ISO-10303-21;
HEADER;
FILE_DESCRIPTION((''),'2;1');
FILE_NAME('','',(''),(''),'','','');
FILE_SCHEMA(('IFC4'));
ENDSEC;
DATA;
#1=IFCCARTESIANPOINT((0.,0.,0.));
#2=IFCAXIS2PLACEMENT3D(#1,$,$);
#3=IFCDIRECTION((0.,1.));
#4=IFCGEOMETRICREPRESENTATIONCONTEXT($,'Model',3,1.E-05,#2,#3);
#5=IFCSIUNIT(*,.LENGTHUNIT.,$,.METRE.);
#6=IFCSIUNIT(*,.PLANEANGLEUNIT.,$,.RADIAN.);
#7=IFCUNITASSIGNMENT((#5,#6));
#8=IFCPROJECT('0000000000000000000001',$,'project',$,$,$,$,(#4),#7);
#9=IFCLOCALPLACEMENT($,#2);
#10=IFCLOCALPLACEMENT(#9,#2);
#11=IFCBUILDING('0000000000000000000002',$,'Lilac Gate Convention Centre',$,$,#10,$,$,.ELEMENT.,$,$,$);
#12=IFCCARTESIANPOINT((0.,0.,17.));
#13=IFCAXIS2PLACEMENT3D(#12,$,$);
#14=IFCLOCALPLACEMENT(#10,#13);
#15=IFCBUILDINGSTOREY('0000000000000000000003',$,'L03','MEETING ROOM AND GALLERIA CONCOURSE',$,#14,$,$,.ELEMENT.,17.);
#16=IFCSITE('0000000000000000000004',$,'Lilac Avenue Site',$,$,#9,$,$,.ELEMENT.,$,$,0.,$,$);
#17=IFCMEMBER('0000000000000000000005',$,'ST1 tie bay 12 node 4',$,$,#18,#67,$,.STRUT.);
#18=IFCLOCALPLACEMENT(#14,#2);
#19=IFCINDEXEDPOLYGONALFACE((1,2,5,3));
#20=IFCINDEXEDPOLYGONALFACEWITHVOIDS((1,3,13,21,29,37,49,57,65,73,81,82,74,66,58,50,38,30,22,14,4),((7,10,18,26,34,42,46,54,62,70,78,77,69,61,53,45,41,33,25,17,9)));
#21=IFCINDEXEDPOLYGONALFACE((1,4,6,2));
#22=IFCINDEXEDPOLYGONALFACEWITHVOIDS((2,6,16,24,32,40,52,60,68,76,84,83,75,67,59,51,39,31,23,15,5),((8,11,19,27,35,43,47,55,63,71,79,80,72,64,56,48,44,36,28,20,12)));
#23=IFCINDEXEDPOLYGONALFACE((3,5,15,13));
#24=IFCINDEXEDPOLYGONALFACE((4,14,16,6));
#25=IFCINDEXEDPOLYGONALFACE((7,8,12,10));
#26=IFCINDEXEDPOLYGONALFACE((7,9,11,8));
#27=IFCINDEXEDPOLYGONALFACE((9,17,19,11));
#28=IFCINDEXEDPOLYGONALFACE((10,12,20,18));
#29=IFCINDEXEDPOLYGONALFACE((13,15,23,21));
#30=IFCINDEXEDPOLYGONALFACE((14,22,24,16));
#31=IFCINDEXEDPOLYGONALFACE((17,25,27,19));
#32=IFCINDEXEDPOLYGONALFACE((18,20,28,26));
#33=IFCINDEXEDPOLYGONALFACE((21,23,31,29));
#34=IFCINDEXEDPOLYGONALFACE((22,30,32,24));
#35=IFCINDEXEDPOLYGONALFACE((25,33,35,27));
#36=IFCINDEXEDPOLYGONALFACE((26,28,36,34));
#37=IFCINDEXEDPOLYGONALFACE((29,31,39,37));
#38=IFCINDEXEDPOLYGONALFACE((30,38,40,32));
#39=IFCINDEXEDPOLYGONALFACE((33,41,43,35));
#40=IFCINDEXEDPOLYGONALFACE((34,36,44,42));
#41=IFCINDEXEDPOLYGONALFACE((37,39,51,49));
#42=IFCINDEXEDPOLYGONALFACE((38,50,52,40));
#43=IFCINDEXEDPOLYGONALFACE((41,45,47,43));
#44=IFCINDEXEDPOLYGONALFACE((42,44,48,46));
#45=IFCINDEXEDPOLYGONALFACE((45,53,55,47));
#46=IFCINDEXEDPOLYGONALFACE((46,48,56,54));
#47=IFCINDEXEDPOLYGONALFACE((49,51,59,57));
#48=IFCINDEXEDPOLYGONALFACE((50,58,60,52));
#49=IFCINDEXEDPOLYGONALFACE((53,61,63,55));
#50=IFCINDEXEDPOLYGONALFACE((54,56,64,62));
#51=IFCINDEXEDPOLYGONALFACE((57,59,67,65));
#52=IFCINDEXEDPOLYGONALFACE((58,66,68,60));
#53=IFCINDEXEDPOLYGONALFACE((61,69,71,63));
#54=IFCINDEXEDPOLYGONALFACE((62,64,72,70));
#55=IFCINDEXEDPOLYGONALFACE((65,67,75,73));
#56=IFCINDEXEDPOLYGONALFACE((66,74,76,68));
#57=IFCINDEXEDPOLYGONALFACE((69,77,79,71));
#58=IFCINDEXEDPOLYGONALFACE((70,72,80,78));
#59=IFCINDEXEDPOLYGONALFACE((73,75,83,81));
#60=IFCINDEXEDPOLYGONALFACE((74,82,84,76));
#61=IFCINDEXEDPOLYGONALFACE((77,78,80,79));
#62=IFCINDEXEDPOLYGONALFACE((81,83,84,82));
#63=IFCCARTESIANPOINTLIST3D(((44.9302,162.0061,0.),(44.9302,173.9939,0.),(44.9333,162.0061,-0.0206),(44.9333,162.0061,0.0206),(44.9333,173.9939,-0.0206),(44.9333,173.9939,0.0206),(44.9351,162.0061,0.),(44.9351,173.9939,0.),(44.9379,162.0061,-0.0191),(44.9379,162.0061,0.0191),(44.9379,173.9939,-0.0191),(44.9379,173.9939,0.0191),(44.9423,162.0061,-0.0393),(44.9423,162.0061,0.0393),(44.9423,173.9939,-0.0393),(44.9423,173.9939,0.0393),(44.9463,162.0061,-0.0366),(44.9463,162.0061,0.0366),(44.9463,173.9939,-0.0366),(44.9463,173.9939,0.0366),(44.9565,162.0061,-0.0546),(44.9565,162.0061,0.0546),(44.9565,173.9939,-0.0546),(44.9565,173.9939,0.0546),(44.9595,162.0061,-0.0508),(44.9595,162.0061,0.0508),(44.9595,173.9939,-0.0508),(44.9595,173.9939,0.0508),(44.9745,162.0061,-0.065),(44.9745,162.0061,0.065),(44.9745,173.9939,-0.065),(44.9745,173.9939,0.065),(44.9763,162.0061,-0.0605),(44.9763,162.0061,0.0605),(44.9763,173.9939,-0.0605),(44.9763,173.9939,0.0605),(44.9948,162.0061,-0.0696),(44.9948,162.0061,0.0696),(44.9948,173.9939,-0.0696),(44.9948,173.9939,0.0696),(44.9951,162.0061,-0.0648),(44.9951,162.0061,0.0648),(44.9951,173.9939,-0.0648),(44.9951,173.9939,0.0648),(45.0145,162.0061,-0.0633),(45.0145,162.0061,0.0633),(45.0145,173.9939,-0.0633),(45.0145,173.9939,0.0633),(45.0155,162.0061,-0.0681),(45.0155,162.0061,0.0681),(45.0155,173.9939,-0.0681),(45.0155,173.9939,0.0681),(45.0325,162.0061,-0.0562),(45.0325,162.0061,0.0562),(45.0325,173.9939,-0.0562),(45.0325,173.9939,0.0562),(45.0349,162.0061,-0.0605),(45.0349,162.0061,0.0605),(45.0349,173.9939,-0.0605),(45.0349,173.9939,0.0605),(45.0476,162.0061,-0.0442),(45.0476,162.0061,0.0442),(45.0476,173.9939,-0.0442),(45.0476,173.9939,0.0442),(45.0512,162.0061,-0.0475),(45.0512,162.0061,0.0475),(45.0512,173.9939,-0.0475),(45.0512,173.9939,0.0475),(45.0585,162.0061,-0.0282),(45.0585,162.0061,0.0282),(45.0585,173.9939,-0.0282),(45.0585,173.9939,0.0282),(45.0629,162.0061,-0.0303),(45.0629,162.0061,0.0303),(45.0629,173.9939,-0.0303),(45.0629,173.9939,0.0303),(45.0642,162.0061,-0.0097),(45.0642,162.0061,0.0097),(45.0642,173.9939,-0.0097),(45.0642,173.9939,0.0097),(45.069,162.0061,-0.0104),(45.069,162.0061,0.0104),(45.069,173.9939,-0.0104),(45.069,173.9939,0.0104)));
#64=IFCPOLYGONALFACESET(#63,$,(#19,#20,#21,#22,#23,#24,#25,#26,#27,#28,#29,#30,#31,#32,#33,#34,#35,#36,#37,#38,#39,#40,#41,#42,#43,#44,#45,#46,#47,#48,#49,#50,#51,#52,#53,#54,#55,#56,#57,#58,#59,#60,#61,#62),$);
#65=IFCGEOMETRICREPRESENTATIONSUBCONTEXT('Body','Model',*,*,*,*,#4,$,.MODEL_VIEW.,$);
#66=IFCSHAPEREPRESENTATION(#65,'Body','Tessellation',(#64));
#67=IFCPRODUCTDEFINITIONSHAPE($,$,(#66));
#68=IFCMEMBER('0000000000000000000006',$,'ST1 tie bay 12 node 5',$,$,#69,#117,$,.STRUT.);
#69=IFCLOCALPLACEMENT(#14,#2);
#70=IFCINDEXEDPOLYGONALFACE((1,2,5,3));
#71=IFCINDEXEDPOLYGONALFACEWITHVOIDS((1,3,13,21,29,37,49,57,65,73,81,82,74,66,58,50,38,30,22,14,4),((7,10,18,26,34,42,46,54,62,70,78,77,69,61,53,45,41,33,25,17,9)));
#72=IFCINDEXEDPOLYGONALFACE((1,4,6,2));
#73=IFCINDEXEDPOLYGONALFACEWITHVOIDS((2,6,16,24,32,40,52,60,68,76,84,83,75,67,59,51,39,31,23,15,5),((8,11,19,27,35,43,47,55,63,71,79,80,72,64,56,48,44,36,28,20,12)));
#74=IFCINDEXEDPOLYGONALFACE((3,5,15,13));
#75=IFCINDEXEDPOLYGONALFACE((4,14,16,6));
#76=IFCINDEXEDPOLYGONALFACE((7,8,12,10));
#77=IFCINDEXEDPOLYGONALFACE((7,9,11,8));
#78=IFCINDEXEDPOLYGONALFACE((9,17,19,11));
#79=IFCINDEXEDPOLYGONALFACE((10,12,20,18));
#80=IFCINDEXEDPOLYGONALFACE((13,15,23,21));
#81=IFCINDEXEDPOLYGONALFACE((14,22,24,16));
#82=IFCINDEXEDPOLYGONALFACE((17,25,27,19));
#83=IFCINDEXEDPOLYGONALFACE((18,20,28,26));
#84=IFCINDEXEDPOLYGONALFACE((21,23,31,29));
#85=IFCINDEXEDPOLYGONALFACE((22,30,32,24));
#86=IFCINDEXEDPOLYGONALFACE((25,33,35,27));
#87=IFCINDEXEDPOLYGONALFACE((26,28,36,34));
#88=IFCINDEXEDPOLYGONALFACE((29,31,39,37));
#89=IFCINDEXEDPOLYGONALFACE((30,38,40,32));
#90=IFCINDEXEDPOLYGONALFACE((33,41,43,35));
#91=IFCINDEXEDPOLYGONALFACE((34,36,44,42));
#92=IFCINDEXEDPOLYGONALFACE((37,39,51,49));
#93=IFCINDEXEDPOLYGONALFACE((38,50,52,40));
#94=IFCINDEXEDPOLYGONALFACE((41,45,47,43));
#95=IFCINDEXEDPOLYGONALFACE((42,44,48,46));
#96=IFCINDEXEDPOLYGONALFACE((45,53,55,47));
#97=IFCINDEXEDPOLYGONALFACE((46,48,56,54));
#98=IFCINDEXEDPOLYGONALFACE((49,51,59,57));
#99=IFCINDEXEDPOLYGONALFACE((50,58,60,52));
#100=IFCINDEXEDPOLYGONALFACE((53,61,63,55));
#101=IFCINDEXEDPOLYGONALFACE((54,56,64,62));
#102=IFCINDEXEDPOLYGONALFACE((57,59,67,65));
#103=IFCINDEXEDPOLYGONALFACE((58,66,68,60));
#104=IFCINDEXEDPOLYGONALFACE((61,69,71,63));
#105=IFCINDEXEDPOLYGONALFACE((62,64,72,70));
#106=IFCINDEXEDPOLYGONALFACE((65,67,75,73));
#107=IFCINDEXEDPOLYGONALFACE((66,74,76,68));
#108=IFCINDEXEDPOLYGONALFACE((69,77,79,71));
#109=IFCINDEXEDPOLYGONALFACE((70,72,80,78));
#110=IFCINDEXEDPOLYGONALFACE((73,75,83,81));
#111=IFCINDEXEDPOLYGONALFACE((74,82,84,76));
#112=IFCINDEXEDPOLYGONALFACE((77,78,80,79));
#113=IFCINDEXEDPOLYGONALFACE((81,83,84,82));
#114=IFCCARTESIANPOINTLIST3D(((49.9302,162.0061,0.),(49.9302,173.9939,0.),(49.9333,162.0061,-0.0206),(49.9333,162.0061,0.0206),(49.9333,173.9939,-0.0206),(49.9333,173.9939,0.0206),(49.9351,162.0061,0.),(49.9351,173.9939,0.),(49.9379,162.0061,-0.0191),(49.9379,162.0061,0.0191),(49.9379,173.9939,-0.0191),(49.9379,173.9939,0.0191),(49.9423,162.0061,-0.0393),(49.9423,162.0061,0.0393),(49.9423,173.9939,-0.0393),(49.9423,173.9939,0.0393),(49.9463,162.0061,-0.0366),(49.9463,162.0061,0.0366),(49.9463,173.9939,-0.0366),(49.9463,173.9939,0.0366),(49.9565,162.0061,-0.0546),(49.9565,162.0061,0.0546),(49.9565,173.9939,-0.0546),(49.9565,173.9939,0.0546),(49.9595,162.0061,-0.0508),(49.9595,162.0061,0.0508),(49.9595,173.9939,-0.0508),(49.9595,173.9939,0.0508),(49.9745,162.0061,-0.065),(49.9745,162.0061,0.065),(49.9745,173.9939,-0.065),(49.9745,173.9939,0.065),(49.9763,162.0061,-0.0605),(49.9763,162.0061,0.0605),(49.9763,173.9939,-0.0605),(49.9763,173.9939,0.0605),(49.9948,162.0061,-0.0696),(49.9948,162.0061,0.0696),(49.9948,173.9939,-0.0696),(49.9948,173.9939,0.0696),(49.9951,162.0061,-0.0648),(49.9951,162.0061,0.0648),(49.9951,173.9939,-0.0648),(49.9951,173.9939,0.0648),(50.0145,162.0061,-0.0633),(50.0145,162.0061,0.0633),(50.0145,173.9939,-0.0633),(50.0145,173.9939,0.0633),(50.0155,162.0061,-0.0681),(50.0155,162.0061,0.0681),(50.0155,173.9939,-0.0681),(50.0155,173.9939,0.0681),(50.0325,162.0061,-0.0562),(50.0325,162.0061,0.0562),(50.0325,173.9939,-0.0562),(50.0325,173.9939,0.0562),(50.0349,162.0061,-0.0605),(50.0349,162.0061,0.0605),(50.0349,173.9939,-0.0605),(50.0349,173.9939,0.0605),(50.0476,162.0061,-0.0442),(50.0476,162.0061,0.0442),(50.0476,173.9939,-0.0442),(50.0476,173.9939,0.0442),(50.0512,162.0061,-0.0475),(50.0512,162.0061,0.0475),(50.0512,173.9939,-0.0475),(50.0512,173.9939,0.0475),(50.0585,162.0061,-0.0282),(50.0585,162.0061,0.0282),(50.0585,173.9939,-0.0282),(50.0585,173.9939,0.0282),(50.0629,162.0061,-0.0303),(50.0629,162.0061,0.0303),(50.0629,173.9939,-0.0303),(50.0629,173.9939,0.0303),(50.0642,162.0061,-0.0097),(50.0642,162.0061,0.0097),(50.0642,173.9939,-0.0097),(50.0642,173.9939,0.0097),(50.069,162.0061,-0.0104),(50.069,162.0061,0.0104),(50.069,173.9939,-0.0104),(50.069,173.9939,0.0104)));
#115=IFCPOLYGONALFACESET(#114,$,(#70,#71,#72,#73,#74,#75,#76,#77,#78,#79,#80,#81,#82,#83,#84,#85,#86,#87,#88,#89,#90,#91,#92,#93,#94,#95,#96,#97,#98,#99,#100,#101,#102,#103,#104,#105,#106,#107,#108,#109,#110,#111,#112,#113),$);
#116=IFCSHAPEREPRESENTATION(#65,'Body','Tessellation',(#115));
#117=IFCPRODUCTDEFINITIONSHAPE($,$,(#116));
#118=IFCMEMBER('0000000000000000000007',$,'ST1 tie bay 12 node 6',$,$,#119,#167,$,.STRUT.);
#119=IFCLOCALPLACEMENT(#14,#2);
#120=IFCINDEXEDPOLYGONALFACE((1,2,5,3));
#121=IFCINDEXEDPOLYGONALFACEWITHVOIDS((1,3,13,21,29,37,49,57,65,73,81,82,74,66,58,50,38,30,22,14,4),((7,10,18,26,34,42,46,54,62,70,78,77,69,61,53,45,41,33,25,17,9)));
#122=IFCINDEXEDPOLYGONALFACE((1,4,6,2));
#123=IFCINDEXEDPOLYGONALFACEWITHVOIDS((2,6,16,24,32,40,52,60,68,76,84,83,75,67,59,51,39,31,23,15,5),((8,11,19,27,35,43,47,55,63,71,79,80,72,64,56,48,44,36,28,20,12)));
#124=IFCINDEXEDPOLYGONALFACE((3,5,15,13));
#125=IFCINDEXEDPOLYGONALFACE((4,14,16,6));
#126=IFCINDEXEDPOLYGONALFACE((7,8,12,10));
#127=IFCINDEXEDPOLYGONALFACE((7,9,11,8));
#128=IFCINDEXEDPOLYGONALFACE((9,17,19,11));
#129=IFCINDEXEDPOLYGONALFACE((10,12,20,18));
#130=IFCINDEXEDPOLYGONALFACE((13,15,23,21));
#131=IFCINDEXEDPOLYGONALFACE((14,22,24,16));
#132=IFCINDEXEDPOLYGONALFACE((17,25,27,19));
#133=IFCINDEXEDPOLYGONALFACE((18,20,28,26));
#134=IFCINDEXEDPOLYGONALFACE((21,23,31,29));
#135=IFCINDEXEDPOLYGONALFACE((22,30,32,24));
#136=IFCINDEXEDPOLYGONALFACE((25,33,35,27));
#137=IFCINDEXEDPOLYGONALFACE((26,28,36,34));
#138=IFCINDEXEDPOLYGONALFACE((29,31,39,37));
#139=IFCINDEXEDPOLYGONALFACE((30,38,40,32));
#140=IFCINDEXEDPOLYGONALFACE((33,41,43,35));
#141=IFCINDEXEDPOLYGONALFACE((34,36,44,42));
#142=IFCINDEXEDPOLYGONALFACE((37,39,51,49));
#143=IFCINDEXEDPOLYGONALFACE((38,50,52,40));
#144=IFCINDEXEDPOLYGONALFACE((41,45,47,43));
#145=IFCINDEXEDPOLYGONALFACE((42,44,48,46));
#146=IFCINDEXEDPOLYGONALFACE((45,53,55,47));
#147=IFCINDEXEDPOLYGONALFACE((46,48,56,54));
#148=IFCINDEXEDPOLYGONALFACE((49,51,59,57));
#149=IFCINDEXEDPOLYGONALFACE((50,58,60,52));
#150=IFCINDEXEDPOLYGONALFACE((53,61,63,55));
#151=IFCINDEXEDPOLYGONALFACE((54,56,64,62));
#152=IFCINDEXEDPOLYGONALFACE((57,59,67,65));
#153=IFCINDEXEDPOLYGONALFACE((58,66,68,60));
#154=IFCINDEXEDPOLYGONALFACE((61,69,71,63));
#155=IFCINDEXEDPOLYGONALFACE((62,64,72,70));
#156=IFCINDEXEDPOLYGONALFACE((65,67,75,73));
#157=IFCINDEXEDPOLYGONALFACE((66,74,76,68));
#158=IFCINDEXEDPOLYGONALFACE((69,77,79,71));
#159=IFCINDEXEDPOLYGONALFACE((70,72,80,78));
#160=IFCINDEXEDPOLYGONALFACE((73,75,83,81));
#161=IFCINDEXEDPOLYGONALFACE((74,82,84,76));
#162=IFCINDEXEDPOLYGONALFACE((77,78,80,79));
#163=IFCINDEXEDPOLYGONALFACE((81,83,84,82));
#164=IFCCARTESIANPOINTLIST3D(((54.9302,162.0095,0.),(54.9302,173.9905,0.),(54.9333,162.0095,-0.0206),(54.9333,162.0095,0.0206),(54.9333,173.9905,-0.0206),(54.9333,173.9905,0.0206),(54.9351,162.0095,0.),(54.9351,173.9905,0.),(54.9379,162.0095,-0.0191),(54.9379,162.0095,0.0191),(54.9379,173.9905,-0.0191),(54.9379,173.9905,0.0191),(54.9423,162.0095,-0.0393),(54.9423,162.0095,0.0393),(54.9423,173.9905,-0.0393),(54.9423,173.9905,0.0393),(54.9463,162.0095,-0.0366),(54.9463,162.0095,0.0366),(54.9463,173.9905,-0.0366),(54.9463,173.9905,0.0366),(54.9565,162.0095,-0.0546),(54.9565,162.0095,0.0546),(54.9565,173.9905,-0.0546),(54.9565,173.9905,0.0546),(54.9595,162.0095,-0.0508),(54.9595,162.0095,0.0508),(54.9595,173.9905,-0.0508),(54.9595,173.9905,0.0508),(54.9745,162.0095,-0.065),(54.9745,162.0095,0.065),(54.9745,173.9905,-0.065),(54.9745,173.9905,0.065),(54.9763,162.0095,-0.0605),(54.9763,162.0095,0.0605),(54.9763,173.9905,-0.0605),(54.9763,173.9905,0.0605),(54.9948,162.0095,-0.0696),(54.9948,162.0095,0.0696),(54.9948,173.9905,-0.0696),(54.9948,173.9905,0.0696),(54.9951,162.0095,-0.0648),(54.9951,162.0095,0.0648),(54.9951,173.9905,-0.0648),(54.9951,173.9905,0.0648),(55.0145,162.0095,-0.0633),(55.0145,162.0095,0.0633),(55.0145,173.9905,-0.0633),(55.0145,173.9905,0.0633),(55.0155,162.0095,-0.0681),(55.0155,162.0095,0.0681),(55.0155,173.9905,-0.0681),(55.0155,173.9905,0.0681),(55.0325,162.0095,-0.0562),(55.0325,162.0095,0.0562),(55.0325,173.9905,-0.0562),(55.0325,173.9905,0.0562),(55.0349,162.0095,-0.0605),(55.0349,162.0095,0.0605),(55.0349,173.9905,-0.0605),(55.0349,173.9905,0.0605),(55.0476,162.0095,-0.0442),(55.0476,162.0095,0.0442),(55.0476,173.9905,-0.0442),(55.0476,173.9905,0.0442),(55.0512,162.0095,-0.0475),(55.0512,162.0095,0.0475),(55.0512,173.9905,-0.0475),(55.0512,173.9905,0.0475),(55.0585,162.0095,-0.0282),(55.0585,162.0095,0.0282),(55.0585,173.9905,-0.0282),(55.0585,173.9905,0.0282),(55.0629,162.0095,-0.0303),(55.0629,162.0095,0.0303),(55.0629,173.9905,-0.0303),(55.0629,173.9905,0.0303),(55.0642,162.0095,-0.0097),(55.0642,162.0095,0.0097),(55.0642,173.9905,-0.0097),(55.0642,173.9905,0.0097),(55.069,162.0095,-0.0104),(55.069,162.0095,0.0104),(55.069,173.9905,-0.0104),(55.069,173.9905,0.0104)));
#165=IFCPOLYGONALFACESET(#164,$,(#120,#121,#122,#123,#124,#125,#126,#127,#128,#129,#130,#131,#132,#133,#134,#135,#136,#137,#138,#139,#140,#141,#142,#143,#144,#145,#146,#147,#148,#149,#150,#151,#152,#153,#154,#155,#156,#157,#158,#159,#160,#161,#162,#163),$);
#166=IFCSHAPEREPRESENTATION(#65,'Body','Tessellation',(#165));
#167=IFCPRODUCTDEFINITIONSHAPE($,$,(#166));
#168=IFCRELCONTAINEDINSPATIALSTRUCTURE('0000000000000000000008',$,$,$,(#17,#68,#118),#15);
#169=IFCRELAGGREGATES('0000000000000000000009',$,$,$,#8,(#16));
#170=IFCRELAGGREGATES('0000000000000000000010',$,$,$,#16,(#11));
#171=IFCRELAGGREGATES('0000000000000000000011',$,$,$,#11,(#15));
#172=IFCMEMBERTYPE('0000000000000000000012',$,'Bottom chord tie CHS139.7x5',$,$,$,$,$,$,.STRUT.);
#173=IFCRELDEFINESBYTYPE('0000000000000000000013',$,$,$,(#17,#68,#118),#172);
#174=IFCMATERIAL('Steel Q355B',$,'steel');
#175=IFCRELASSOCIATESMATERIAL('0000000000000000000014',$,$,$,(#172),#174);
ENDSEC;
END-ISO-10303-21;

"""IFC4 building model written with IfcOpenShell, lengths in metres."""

from ifc_helpers import new_model, si_unit, direction, frame, origin, origin_2d, place, context, subcontext, project, spatial, hollow_circle, extrude, material, material_profile, profile_set, type_object, element, save


model = new_model("IFC4")

# Units and contexts
model_context = context("Model", 3, precision=1e-05, world=origin(), true_north=direction((0.0, 1.0)))
body_context = subcontext(model_context, "Body", "Model", "MODEL_VIEW")
ifc_project = project(units=[si_unit("LENGTHUNIT", "METRE"), si_unit("PLANEANGLEUNIT", "RADIAN")], contexts=[model_context])

# Site, building, storey
site_placement = place(None, origin())
site = spatial("IfcSite", under=ifc_project, at=site_placement, Name="Lilac Avenue Site", CompositionType="ELEMENT", RefElevation=0.0)
building_placement = place(site_placement, origin())
building = spatial("IfcBuilding", under=site, at=building_placement, Name="Lilac Gate Convention Centre", CompositionType="ELEMENT")
storey_placement = place(building_placement, frame((0.0, 0.0, 17.0)))
storey = spatial("IfcBuildingStorey", under=building, at=storey_placement, Name="L03", Description="MEETING ROOM AND GALLERIA CONCOURSE", CompositionType="ELEMENT", Elevation=17.0)

# Members
ifc_material = material(Name="Steel Q355B", Category="steel")
ifc_material_profile_1 = material_profile(ifc_material, hollow_circle(Radius=0.0698, WallThickness=0.0049, at=origin_2d()), Name="CHS139.7x5")
ifc_profile_set_1 = profile_set([ifc_material_profile_1], Name="Steel Q355B")
member_type_1 = type_object("IfcMemberType", Name="Bottom chord tie CHS139.7x5", PredefinedType="STRUT", material=ifc_profile_set_1)
for number, where, z_axis, x_axis, name in (
    (1, (45.0, 162.0061, 0.0), (0.0, 1.0, 0.0), (-1.0, 0.0, 0.0), "ST1 tie bay 12 node 4"),
    (2, (50.0, 162.0061, 0.0), (0.0, 1.0, 0.0), (-1.0, 0.0, 0.0), "ST1 tie bay 12 node 5"),
):
    element("IfcMember", number, at=place(storey_placement, frame(where, z_axis=z_axis, x_axis=x_axis)), inside=storey, type_object=member_type_1, Name=name, PredefinedType="STRUT", context=body_context, shape_type="SweptSolid", body=[
        extrude(hollow_circle(Radius=0.0698, WallThickness=0.0049, at=origin_2d()), origin(), (0.0, 0.0, 1.0), 11.9878),
    ])
for number, where, z_axis, x_axis, name in (
    (3, (55.0, 162.0095, 0.0), (0.0, 1.0, 0.0), (-1.0, 0.0, 0.0), "ST1 tie bay 12 node 6"),
):
    element("IfcMember", number, at=place(storey_placement, frame(where, z_axis=z_axis, x_axis=x_axis)), inside=storey, type_object=member_type_1, Name=name, PredefinedType="STRUT", context=body_context, shape_type="SweptSolid", body=[
        extrude(hollow_circle(Radius=0.0698, WallThickness=0.0049, at=origin_2d()), origin(), (0.0, 0.0, 1.0), 11.981),
    ])

save(model, "model.ifc")
